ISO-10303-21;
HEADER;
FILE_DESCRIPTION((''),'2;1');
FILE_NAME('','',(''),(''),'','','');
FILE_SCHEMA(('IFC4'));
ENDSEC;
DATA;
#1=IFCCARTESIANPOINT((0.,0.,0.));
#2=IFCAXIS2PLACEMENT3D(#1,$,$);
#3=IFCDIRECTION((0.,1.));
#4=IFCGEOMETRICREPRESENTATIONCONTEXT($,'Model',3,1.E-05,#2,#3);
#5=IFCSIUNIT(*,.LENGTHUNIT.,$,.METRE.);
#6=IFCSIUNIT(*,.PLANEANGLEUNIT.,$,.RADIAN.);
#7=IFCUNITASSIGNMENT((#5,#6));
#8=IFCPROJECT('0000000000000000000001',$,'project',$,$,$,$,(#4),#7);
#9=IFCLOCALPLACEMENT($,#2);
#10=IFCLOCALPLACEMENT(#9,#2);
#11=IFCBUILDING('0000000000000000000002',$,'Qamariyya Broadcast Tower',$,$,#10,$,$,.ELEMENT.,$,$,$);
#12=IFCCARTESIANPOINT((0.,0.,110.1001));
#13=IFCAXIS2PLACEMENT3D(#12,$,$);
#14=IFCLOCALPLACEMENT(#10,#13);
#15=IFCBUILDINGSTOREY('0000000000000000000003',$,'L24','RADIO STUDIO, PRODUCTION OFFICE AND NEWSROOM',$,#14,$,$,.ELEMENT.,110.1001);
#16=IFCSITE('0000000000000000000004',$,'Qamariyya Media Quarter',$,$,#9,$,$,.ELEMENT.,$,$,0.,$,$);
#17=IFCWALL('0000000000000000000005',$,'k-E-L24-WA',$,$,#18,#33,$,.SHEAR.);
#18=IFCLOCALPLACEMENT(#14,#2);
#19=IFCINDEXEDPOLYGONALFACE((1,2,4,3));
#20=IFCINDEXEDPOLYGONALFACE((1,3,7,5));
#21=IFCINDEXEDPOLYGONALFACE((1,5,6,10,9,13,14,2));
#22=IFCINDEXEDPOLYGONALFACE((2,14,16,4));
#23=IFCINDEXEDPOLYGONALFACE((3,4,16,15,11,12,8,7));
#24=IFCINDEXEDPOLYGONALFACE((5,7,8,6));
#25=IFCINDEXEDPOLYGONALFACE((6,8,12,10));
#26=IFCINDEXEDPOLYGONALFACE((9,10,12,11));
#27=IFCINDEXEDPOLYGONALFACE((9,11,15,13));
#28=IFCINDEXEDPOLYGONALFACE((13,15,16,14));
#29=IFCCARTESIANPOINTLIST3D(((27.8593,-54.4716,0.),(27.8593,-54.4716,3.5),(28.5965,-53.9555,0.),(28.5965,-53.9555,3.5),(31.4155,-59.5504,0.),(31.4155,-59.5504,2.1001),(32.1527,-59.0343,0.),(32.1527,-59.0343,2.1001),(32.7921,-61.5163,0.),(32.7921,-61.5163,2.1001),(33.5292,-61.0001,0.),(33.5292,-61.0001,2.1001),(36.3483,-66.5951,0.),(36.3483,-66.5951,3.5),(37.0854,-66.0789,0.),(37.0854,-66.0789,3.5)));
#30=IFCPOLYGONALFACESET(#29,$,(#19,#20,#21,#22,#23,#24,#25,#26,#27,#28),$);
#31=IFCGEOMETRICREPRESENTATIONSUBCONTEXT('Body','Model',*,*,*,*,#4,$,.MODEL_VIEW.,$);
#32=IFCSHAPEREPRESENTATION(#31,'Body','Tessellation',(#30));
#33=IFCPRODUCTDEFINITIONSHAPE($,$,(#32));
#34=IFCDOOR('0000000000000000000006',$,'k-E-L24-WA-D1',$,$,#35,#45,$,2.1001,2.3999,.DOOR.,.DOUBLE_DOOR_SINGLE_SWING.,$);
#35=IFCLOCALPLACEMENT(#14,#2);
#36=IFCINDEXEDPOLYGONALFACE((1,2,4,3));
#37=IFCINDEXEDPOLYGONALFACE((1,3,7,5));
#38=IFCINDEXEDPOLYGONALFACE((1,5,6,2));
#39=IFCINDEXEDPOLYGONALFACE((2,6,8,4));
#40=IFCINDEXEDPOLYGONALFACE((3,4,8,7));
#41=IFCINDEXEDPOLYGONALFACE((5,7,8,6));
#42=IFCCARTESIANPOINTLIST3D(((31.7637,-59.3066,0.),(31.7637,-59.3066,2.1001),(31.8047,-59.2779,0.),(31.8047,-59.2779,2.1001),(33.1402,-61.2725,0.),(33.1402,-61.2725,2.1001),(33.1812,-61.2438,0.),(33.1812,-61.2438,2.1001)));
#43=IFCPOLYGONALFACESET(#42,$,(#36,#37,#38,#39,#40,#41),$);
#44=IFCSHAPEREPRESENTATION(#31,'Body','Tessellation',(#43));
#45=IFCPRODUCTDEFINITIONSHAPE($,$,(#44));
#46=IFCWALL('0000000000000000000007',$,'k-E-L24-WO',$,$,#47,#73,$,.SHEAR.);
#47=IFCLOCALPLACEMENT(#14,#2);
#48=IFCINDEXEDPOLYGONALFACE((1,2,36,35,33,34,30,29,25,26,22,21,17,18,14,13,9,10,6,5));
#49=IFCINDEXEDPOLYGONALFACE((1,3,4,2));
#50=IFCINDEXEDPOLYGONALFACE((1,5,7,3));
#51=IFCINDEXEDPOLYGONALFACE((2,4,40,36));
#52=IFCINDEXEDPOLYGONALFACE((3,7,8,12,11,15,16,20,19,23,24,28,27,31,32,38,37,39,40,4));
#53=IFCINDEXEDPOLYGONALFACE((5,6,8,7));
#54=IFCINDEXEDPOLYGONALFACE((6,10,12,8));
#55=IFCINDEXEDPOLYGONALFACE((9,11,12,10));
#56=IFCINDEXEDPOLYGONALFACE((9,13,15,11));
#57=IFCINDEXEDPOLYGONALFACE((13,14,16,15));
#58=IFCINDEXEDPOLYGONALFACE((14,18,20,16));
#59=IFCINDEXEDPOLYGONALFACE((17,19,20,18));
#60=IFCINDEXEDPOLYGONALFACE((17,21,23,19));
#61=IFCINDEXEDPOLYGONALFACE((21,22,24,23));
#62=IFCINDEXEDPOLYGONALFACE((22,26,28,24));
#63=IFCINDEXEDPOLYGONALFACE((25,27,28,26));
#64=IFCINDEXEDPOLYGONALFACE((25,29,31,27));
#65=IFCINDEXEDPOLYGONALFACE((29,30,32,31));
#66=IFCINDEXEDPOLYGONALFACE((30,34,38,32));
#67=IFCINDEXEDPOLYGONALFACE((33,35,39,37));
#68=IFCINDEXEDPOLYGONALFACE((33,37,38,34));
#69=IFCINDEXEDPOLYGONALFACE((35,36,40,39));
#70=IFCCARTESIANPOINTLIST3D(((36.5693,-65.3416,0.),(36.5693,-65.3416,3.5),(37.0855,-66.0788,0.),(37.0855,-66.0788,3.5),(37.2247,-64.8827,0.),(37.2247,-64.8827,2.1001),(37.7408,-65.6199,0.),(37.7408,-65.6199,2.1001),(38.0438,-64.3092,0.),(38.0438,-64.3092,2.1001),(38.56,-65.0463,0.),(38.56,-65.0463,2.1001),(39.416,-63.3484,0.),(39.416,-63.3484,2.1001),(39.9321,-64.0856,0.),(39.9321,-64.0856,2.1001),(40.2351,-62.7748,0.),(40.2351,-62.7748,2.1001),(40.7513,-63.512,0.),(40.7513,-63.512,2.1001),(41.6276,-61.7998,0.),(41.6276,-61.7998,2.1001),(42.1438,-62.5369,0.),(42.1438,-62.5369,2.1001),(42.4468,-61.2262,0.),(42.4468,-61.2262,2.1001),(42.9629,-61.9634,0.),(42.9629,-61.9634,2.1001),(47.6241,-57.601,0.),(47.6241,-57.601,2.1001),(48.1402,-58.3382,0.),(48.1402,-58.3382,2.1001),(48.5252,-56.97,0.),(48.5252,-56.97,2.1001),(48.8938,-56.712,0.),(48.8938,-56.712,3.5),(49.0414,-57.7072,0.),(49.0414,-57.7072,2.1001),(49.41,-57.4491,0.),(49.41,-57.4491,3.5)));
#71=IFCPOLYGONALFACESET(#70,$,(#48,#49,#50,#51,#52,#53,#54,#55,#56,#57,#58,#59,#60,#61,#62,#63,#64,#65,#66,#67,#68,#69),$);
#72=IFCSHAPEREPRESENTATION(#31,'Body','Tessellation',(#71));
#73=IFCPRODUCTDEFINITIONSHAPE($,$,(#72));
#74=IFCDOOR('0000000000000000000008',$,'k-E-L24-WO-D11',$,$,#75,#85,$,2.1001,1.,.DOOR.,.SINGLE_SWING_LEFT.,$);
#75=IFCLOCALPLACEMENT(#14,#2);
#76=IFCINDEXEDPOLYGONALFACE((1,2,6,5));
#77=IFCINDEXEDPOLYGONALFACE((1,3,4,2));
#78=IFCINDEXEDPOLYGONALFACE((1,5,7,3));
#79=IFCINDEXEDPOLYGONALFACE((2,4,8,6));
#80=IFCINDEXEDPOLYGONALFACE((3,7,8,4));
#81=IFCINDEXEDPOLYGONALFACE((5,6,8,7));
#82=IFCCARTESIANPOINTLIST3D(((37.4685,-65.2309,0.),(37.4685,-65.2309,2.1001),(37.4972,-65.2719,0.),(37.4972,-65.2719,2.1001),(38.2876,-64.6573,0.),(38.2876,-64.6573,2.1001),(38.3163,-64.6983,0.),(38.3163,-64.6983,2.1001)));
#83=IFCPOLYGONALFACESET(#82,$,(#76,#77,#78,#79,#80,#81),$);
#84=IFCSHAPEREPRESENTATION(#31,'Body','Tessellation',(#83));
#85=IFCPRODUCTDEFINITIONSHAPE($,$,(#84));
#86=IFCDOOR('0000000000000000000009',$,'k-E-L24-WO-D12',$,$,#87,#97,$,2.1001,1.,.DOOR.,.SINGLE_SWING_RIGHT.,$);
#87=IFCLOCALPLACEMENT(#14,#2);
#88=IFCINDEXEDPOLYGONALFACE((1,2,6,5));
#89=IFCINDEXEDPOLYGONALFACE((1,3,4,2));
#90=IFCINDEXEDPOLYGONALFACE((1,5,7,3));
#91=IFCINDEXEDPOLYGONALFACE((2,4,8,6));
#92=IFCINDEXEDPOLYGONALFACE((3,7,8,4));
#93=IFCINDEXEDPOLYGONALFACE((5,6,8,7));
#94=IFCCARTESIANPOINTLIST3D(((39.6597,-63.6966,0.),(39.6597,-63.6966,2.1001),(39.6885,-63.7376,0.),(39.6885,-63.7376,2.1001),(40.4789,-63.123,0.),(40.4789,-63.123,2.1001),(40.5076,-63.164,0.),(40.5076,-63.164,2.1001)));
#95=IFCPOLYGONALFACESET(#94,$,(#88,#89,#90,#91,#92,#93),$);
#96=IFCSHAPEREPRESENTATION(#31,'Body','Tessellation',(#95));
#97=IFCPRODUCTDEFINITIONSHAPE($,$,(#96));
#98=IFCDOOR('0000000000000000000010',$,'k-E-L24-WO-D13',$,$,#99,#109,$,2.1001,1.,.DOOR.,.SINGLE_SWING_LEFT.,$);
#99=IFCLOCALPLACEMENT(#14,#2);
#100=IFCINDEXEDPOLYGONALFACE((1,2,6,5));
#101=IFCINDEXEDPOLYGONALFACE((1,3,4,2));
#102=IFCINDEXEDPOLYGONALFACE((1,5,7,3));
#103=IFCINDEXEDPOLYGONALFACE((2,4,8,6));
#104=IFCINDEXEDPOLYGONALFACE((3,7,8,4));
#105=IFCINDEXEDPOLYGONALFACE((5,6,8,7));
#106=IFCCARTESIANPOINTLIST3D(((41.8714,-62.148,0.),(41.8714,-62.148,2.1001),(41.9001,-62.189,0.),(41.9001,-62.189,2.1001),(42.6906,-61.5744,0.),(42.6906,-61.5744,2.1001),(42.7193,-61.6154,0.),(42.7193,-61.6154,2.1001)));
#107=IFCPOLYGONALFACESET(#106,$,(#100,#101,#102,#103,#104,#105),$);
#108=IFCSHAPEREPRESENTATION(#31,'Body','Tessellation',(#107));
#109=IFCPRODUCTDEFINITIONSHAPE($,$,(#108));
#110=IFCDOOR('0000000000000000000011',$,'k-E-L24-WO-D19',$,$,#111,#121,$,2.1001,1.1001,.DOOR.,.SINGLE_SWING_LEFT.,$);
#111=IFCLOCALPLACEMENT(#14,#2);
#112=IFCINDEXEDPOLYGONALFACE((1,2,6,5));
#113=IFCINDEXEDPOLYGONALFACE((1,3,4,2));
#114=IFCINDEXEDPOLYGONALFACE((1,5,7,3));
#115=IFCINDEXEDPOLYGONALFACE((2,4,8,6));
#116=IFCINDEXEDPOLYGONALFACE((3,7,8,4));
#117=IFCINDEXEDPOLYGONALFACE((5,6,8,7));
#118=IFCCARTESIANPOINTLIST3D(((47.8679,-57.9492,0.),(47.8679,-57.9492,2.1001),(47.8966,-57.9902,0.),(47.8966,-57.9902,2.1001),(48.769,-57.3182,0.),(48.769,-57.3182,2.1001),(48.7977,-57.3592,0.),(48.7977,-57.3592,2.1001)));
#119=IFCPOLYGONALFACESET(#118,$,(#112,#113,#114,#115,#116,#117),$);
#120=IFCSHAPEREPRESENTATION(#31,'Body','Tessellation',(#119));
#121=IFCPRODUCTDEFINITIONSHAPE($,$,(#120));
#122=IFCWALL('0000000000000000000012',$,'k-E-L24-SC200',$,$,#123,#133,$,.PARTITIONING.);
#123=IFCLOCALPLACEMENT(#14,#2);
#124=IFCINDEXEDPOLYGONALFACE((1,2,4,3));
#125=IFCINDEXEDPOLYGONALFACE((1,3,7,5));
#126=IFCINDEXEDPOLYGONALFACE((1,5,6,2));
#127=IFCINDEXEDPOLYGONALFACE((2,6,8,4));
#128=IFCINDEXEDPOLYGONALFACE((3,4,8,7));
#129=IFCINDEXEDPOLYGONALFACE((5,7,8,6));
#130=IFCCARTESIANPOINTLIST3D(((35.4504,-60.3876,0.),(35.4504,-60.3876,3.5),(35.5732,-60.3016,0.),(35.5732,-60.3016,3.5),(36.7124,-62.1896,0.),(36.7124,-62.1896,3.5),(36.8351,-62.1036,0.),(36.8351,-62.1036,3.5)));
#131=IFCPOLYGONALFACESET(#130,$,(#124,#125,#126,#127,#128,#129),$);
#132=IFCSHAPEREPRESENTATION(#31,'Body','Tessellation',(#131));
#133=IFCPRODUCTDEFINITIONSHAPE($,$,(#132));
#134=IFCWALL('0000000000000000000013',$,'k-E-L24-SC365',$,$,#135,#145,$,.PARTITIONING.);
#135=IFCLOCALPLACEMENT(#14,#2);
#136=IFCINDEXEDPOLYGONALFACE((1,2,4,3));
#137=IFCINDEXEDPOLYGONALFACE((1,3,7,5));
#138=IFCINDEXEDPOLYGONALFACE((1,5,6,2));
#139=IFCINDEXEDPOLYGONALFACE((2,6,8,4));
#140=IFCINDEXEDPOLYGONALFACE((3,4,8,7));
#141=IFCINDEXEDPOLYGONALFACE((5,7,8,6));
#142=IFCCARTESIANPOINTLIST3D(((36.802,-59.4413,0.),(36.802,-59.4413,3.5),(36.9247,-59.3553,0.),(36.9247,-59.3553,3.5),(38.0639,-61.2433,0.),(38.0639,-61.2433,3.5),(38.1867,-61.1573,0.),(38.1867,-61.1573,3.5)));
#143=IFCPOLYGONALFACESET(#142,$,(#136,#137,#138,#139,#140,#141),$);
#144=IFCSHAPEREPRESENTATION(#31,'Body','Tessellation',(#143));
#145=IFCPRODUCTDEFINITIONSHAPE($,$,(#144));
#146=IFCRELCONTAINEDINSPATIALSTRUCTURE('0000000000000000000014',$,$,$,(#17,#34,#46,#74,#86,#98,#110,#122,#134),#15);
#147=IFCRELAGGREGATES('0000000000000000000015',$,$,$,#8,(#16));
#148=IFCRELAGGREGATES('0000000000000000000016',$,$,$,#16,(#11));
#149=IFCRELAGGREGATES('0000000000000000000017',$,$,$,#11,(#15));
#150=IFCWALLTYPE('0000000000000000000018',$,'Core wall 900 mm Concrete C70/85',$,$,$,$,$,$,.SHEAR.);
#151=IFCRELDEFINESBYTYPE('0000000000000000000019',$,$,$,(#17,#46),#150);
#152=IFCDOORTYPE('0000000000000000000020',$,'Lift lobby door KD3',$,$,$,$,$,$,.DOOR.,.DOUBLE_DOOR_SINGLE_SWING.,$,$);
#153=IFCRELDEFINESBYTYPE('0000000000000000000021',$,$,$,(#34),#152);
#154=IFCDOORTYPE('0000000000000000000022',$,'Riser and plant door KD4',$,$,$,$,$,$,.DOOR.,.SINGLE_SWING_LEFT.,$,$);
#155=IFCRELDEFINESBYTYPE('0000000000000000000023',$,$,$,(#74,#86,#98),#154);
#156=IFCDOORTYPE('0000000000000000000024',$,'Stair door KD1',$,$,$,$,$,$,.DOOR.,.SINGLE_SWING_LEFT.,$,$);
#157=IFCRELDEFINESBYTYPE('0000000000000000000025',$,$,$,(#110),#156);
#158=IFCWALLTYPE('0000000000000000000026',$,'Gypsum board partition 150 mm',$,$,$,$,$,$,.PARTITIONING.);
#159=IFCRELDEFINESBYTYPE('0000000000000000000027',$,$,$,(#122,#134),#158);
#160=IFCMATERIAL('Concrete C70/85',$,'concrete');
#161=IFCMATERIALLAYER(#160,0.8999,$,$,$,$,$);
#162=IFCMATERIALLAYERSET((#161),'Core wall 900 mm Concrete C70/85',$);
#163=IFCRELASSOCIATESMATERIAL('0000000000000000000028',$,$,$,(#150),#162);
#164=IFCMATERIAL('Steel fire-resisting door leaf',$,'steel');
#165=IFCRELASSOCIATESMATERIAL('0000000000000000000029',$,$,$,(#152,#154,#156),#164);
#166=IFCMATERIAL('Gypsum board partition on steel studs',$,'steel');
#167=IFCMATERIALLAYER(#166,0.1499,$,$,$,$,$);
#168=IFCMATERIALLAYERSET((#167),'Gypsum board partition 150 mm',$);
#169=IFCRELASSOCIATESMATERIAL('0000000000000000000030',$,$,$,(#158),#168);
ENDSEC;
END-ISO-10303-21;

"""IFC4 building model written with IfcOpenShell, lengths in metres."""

from ifc_helpers import new_model, si_unit, direction, frame, frame_2d, origin, place, context, subcontext, project, spatial, rectangle, extrude, material, layer, layer_set, type_object, element, fill, save


model = new_model("IFC4")

# Units and contexts
model_context = context("Model", 3, precision=1e-05, world=origin(), true_north=direction((0.0, 1.0)))
body_context = subcontext(model_context, "Body", "Model", "MODEL_VIEW")
ifc_project = project(units=[si_unit("LENGTHUNIT", "METRE"), si_unit("PLANEANGLEUNIT", "RADIAN")], contexts=[model_context])

# Site, building, storey
site_placement = place(None, origin())
site = spatial("IfcSite", under=ifc_project, at=site_placement, Name="Qamariyya Media Quarter", CompositionType="ELEMENT", RefElevation=0.0)
building_placement = place(site_placement, origin())
building = spatial("IfcBuilding", under=site, at=building_placement, Name="Qamariyya Broadcast Tower", CompositionType="ELEMENT")
storey_placement = place(building_placement, frame((0.0, 0.0, 110.1001)))
storey = spatial("IfcBuildingStorey", under=building, at=storey_placement, Name="L24", Description="RADIO STUDIO, PRODUCTION OFFICE AND NEWSROOM", CompositionType="ELEMENT", Elevation=110.1001)

# Wall, opening, door
ifc_material_1 = material(Name="Concrete C70/85", Category="concrete")
ifc_layer_1 = layer(ifc_material_1, 0.8999)
ifc_layer_set_1 = layer_set([ifc_layer_1], Name="Core wall 900 mm Concrete C70/85")
wall_type_1 = type_object("IfcWallType", Name="Core wall 900 mm Concrete C70/85", PredefinedType="SHEAR", material=ifc_layer_set_1)
wall_1_placement = place(storey_placement, frame((36.7168, -66.3369, 0.0), z_axis=(0.0, 0.0, 1.0), x_axis=(-0.573577, 0.819151, 0.0)))
wall_1 = element("IfcWall", 1, at=wall_1_placement, inside=storey, type_object=wall_type_1, Name="k-E-L24-WA", PredefinedType="SHEAR", context=body_context, shape_type="SweptSolid", body=[
    extrude(rectangle(XDim=14.8, YDim=0.8999, at=frame_2d((7.3999, 0.0))), origin(), (0.0, 0.0, 1.0), 3.5),
])
opening_1_placement = place(wall_1_placement, frame((6.2, 0.0, 0.0)))
opening_1 = element("IfcOpeningElement", 2, at=opening_1_placement, cuts=wall_1, PredefinedType="OPENING", context=body_context, shape_type="SweptSolid", body=[
    extrude(rectangle(XDim=2.3999, YDim=2.1001, at=frame_2d((1.2, 1.05))), frame((0.0, 0.46, 0.0), z_axis=(0.0, -1.0, 0.0), x_axis=(1.0, 0.0, 0.0)), (0.0, 0.0, 1.0), 0.9199),
])
ifc_material_2 = material(Name="Steel fire-resisting door leaf", Category="steel")
door_type_1 = type_object("IfcDoorType", Name="Lift lobby door KD3", OperationType="DOUBLE_DOOR_SINGLE_SWING", PredefinedType="DOOR", material=ifc_material_2)
door_1_placement = place(opening_1_placement, origin())
door_1 = element("IfcDoor", 3, at=door_1_placement, inside=storey, type_object=door_type_1, Name="k-E-L24-WA-D1", OperationType="DOUBLE_DOOR_SINGLE_SWING", OverallHeight=2.1001, OverallWidth=2.3999, PredefinedType="DOOR", context=body_context, shape_type="SweptSolid", body=[
    extrude(rectangle(XDim=2.3999, YDim=2.1001, at=frame_2d((1.2, 1.05))), frame((0.0, 0.0249, 0.0), z_axis=(0.0, -1.0, 0.0), x_axis=(1.0, 0.0, 0.0)), (0.0, 0.0, 1.0), 0.05),
])
fill(opening_1, door_1)

# Wall, openings, doors
wall_2_placement = place(storey_placement, frame((36.8274, -65.7102, 0.0), z_axis=(0.0, 0.0, 1.0), x_axis=(0.819153, 0.573575, 0.0)))
wall_2 = element("IfcWall", 4, at=wall_2_placement, inside=storey, type_object=wall_type_1, Name="k-E-L24-WO", PredefinedType="SHEAR", context=body_context, shape_type="SweptSolid", body=[
    extrude(rectangle(XDim=15.0454, YDim=0.8999, at=frame_2d((7.5227, 0.0))), origin(), (0.0, 0.0, 1.0), 3.5),
])
opening_2_placement = place(wall_2_placement, frame((0.8, 0.0, 0.0)))
opening_2 = element("IfcOpeningElement", 5, at=opening_2_placement, cuts=wall_2, PredefinedType="OPENING", context=body_context, shape_type="SweptSolid", body=[
    extrude(rectangle(XDim=1.0, YDim=2.1001, at=frame_2d((0.5, 1.05))), frame((0.0, 0.46, 0.0), z_axis=(0.0, -1.0, 0.0), x_axis=(1.0, 0.0, 0.0)), (0.0, 0.0, 1.0), 0.9199),
])
opening_3_placement = place(wall_2_placement, frame((3.4751, 0.0, 0.0)))
opening_3 = element("IfcOpeningElement", 6, at=opening_3_placement, cuts=wall_2, PredefinedType="OPENING", context=body_context, shape_type="SweptSolid", body=[
    extrude(rectangle(XDim=1.0, YDim=2.1001, at=frame_2d((0.5, 1.05))), frame((0.0, 0.46, 0.0), z_axis=(0.0, -1.0, 0.0), x_axis=(1.0, 0.0, 0.0)), (0.0, 0.0, 1.0), 0.9199),
])
opening_4_placement = place(wall_2_placement, frame((6.175, 0.0, 0.0)))
opening_4 = element("IfcOpeningElement", 7, at=opening_4_placement, cuts=wall_2, PredefinedType="OPENING", context=body_context, shape_type="SweptSolid", body=[
    extrude(rectangle(XDim=1.0, YDim=2.1001, at=frame_2d((0.5, 1.05))), frame((0.0, 0.46, 0.0), z_axis=(0.0, -1.0, 0.0), x_axis=(1.0, 0.0, 0.0)), (0.0, 0.0, 1.0), 0.9199),
])
opening_5_placement = place(wall_2_placement, frame((13.4954, 0.0, 0.0)))
opening_5 = element("IfcOpeningElement", 8, at=opening_5_placement, cuts=wall_2, PredefinedType="OPENING", context=body_context, shape_type="SweptSolid", body=[
    extrude(rectangle(XDim=1.1001, YDim=2.1001, at=frame_2d((0.55, 1.05))), frame((0.0, 0.46, 0.0), z_axis=(0.0, -1.0, 0.0), x_axis=(1.0, 0.0, 0.0)), (0.0, 0.0, 1.0), 0.9199),
])
door_type_2 = type_object("IfcDoorType", Name="Riser and plant door KD4", OperationType="SINGLE_SWING_LEFT", PredefinedType="DOOR", material=ifc_material_2)
door_2_placement = place(opening_2_placement, origin())
door_2 = element("IfcDoor", 9, at=door_2_placement, inside=storey, type_object=door_type_2, Name="k-E-L24-WO-D11", OperationType="SINGLE_SWING_LEFT", OverallHeight=2.1001, OverallWidth=1.0, PredefinedType="DOOR", context=body_context, shape_type="SweptSolid", body=[
    extrude(rectangle(XDim=1.0, YDim=2.1001, at=frame_2d((0.5, 1.05))), frame((0.0, 0.0249, 0.0), z_axis=(0.0, -1.0, 0.0), x_axis=(1.0, 0.0, 0.0)), (0.0, 0.0, 1.0), 0.05),
])
fill(opening_2, door_2)
door_3_placement = place(opening_3_placement, origin())
door_3 = element("IfcDoor", 10, at=door_3_placement, inside=storey, type_object=door_type_2, Name="k-E-L24-WO-D12", OperationType="SINGLE_SWING_RIGHT", OverallHeight=2.1001, OverallWidth=1.0, PredefinedType="DOOR", context=body_context, shape_type="SweptSolid", body=[
    extrude(rectangle(XDim=1.0, YDim=2.1001, at=frame_2d((0.5, 1.05))), frame((0.0, 0.0249, 0.0), z_axis=(0.0, -1.0, 0.0), x_axis=(1.0, 0.0, 0.0)), (0.0, 0.0, 1.0), 0.05),
])
fill(opening_3, door_3)
door_4_placement = place(opening_4_placement, origin())
door_4 = element("IfcDoor", 11, at=door_4_placement, inside=storey, type_object=door_type_2, Name="k-E-L24-WO-D13", OperationType="SINGLE_SWING_LEFT", OverallHeight=2.1001, OverallWidth=1.0, PredefinedType="DOOR", context=body_context, shape_type="SweptSolid", body=[
    extrude(rectangle(XDim=1.0, YDim=2.1001, at=frame_2d((0.5, 1.05))), frame((0.0, 0.0249, 0.0), z_axis=(0.0, -1.0, 0.0), x_axis=(1.0, 0.0, 0.0)), (0.0, 0.0, 1.0), 0.05),
])
fill(opening_4, door_4)
door_type_3 = type_object("IfcDoorType", Name="Stair door KD1", OperationType="SINGLE_SWING_LEFT", PredefinedType="DOOR", material=ifc_material_2)
door_5_placement = place(opening_5_placement, origin())
door_5 = element("IfcDoor", 12, at=door_5_placement, inside=storey, type_object=door_type_3, Name="k-E-L24-WO-D19", OperationType="SINGLE_SWING_LEFT", OverallHeight=2.1001, OverallWidth=1.1001, PredefinedType="DOOR", context=body_context, shape_type="SweptSolid", body=[
    extrude(rectangle(XDim=1.1001, YDim=2.1001, at=frame_2d((0.55, 1.05))), frame((0.0, 0.0249, 0.0), z_axis=(0.0, -1.0, 0.0), x_axis=(1.0, 0.0, 0.0)), (0.0, 0.0, 1.0), 0.05),
])
fill(opening_5, door_5)

# Walls
ifc_material_3 = material(Name="Gypsum board partition on steel studs", Category="steel")
ifc_layer_2 = layer(ifc_material_3, 0.1499)
ifc_layer_set_2 = layer_set([ifc_layer_2], Name="Gypsum board partition 150 mm")
wall_type_2 = type_object("IfcWallType", Name="Gypsum board partition 150 mm", PredefinedType="PARTITIONING", material=ifc_layer_set_2)
for number, where, z_axis, x_axis, name in (
    (13, (35.5117, -60.3445, 0.0), (0.0, 0.0, 1.0), (0.573634, -0.819112, 0.0), "k-E-L24-SC200"),
    (14, (36.8633, -59.3982, 0.0), (0.0, 0.0, 1.0), (0.573634, -0.819112, 0.0), "k-E-L24-SC365"),
):
    element("IfcWall", number, at=place(storey_placement, frame(where, z_axis=z_axis, x_axis=x_axis)), inside=storey, type_object=wall_type_2, Name=name, PredefinedType="PARTITIONING", context=body_context, shape_type="SweptSolid", body=[
        extrude(rectangle(XDim=2.2, YDim=0.1499, at=frame_2d((1.1001, 0.0))), origin(), (0.0, 0.0, 1.0), 3.5),
    ])

save(model, "model.ifc")
